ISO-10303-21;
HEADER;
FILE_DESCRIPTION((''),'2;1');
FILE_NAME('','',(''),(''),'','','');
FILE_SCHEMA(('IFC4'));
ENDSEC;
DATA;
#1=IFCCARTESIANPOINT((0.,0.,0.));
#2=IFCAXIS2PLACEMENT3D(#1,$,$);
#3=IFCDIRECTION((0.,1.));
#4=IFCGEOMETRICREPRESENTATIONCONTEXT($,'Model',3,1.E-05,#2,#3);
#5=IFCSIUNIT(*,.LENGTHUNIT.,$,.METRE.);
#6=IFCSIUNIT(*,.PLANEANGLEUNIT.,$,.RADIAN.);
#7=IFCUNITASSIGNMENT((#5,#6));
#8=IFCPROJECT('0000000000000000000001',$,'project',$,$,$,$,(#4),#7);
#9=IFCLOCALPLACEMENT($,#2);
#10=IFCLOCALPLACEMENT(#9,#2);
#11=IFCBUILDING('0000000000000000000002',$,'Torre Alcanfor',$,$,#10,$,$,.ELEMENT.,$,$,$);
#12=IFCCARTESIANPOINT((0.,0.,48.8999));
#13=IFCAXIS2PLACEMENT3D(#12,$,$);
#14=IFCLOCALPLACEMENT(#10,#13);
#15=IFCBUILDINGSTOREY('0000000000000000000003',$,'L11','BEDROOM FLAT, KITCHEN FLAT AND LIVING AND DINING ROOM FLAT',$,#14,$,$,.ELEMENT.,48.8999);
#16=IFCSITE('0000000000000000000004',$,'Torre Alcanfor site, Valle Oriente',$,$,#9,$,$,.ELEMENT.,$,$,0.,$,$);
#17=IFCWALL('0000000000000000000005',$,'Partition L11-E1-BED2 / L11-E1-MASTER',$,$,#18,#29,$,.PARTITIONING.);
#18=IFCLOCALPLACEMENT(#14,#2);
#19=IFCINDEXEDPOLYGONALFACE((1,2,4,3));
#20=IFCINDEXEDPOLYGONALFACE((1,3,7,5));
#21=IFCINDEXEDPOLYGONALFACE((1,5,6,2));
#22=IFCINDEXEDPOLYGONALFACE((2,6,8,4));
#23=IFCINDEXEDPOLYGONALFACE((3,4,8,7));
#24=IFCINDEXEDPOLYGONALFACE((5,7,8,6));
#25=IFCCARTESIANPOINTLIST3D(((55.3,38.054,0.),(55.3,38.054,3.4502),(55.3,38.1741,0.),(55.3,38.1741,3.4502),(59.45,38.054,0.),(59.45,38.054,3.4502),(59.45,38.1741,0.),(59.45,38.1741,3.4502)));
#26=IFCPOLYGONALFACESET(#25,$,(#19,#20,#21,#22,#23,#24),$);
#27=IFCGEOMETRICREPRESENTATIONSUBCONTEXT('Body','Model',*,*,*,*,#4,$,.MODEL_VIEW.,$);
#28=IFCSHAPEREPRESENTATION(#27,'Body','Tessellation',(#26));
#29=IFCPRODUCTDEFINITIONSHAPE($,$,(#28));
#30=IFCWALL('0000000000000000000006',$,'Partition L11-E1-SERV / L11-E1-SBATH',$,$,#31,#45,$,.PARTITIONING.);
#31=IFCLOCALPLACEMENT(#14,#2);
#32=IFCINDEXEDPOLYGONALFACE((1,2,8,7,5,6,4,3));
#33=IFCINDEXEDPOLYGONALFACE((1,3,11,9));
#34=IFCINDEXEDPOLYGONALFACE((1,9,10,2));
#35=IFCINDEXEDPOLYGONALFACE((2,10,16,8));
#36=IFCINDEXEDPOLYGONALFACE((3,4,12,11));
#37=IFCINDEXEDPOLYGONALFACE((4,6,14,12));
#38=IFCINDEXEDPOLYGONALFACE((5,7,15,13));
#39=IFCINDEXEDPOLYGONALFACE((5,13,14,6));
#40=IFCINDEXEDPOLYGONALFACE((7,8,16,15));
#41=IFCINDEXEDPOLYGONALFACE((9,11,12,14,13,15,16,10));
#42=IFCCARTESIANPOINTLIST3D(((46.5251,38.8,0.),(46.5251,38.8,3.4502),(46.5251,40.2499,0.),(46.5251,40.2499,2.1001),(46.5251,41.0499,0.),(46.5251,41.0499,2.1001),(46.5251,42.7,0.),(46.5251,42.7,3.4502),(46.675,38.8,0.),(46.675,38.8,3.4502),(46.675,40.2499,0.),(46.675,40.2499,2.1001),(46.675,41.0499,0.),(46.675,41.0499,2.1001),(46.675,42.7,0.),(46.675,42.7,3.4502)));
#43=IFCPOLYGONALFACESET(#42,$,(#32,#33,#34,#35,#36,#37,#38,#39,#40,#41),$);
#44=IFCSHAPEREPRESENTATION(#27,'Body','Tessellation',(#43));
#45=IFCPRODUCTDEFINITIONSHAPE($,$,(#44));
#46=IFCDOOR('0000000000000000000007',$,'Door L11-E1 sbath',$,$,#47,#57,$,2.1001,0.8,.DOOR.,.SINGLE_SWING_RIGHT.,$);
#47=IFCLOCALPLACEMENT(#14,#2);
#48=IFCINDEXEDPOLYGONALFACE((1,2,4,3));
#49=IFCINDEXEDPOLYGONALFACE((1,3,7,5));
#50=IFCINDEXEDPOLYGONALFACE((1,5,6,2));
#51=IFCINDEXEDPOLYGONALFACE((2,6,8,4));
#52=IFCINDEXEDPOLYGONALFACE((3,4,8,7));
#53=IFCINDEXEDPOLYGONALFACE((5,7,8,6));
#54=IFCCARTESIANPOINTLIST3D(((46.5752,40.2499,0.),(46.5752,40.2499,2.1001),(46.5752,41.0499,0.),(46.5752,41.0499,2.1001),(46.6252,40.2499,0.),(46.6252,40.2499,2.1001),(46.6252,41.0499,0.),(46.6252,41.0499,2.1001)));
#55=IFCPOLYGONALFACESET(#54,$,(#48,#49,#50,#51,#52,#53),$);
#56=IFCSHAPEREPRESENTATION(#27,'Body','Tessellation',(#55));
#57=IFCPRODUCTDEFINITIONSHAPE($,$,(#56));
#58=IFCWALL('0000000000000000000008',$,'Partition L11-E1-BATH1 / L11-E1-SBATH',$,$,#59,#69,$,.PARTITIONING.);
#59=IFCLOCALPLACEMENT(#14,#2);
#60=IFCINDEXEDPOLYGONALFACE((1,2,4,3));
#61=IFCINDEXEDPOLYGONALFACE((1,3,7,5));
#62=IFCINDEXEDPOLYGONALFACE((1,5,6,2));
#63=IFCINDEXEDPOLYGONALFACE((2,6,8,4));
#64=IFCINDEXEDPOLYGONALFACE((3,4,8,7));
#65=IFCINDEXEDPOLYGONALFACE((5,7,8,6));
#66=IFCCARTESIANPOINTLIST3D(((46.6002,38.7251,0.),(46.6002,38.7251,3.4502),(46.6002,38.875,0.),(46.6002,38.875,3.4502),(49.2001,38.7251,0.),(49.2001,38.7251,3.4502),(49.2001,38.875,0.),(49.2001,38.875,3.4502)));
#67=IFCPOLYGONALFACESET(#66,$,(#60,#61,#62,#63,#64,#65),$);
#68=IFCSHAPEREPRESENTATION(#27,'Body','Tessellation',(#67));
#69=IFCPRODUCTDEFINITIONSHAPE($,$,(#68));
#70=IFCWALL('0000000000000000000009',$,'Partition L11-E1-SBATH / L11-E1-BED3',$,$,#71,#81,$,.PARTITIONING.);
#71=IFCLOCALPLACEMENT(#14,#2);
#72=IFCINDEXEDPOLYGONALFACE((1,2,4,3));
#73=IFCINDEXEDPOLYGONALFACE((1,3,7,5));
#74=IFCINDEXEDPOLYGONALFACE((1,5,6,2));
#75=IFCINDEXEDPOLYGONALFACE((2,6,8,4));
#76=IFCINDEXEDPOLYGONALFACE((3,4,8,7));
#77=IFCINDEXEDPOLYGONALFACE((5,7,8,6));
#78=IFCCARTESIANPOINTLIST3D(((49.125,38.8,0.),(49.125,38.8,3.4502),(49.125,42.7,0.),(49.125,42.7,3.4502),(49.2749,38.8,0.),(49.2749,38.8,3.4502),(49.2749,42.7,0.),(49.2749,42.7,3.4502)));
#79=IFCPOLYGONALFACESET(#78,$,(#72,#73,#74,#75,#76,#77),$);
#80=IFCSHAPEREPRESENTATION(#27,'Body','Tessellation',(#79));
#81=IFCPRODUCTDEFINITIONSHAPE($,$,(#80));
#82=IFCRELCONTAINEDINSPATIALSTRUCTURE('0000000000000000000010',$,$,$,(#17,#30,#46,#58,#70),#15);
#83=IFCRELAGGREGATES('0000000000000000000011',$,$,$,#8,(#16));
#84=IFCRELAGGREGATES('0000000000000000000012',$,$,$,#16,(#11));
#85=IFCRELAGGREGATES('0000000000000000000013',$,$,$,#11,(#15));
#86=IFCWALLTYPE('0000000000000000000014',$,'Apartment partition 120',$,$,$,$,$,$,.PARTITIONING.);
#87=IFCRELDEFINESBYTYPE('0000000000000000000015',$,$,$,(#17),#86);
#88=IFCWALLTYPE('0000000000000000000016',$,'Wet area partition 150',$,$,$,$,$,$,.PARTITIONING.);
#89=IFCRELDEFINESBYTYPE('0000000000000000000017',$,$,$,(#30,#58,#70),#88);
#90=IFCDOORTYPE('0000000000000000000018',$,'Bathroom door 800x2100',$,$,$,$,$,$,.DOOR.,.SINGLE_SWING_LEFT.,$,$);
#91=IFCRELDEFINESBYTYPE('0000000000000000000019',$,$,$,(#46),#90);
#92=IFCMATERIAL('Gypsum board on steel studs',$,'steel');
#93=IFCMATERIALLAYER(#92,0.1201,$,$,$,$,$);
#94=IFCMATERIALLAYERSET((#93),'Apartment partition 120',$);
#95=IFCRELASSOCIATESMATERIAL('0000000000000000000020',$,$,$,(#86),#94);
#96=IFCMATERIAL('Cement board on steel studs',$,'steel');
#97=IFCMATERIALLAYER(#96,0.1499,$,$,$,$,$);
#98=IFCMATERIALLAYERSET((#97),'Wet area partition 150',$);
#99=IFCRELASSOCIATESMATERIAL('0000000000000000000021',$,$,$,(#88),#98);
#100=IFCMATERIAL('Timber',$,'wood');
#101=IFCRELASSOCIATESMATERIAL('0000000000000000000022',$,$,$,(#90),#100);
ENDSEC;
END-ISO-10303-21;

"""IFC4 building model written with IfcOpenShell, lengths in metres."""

from ifc_helpers import new_model, si_unit, direction, frame, frame_2d, origin, place, context, subcontext, project, spatial, rectangle, extrude, material, layer, layer_set, type_object, element, fill, save


model = new_model("IFC4")

# Units and contexts
model_context = context("Model", 3, precision=1e-05, world=origin(), true_north=direction((0.0, 1.0)))
body_context = subcontext(model_context, "Body", "Model", "MODEL_VIEW")
ifc_project = project(units=[si_unit("LENGTHUNIT", "METRE"), si_unit("PLANEANGLEUNIT", "RADIAN")], contexts=[model_context])

# Site, building, storey
site_placement = place(None, origin())
site = spatial("IfcSite", under=ifc_project, at=site_placement, Name="Torre Alcanfor site, Valle Oriente", CompositionType="ELEMENT", RefElevation=0.0)
building_placement = place(site_placement, origin())
building = spatial("IfcBuilding", under=site, at=building_placement, Name="Torre Alcanfor", CompositionType="ELEMENT")
storey_placement = place(building_placement, frame((0.0, 0.0, 48.8999)))
storey = spatial("IfcBuildingStorey", under=building, at=storey_placement, Name="L11", Description="BEDROOM FLAT, KITCHEN FLAT AND LIVING AND DINING ROOM FLAT", CompositionType="ELEMENT", Elevation=48.8999)

# Shared definitions
ifc_material_1 = material(Name="Gypsum board on steel studs", Category="steel")
ifc_layer_1 = layer(ifc_material_1, 0.1201)
ifc_layer_set_1 = layer_set([ifc_layer_1], Name="Apartment partition 120")
wall_type_1 = type_object("IfcWallType", Name="Apartment partition 120", PredefinedType="PARTITIONING", material=ifc_layer_set_1)

# Wall
wall_1_placement = place(storey_placement, frame((59.45, 38.114, 0.0), z_axis=(0.0, 0.0, 1.0), x_axis=(-1.0, 0.0, 0.0)))
element("IfcWall", 1, at=wall_1_placement, inside=storey, type_object=wall_type_1, Name="Partition L11-E1-BED2 / L11-E1-MASTER", PredefinedType="PARTITIONING", context=body_context, shape_type="SweptSolid", body=[
    extrude(rectangle(XDim=4.1499, YDim=0.1201, at=frame_2d((2.075, 0.0))), origin(), (0.0, 0.0, 1.0), 3.4502),
])

# Wall, opening, door
ifc_material_2 = material(Name="Cement board on steel studs", Category="steel")
ifc_layer_2 = layer(ifc_material_2, 0.1499)
ifc_layer_set_2 = layer_set([ifc_layer_2], Name="Wet area partition 150")
wall_type_2 = type_object("IfcWallType", Name="Wet area partition 150", PredefinedType="PARTITIONING", material=ifc_layer_set_2)
wall_2_placement = place(storey_placement, frame((46.6001, 38.8, 0.0), z_axis=(0.0, 0.0, 1.0), x_axis=(0.0, 1.0, 0.0)))
wall_2 = element("IfcWall", 2, at=wall_2_placement, inside=storey, type_object=wall_type_2, Name="Partition L11-E1-SERV / L11-E1-SBATH", PredefinedType="PARTITIONING", context=body_context, shape_type="SweptSolid", body=[
    extrude(rectangle(XDim=3.8999, YDim=0.1499, at=frame_2d((1.95, 0.0))), origin(), (0.0, 0.0, 1.0), 3.4502),
])
opening_1_placement = place(wall_2_placement, frame((1.45, 0.0, 0.0)))
opening_1 = element("IfcOpeningElement", 3, at=opening_1_placement, cuts=wall_2, PredefinedType="OPENING", context=body_context, shape_type="SweptSolid", body=[
    extrude(rectangle(XDim=0.8, YDim=2.1001, at=frame_2d((0.3999, 1.05))), frame((0.0, 0.085, 0.0), z_axis=(0.0, -1.0, 0.0), x_axis=(1.0, 0.0, 0.0)), (0.0, 0.0, 1.0), 0.1699),
])
ifc_material_3 = material(Name="Timber", Category="wood")
door_type_1 = type_object("IfcDoorType", Name="Bathroom door 800x2100", OperationType="SINGLE_SWING_LEFT", PredefinedType="DOOR", material=ifc_material_3)
door_1_placement = place(opening_1_placement, frame((0.8, 0.0, 0.0), z_axis=(0.0, 0.0, 1.0), x_axis=(-1.0, 0.0, 0.0)))
door_1 = element("IfcDoor", 4, at=door_1_placement, inside=storey, type_object=door_type_1, Name="Door L11-E1 sbath", OperationType="SINGLE_SWING_RIGHT", OverallHeight=2.1001, OverallWidth=0.8, PredefinedType="DOOR", context=body_context, shape_type="SweptSolid", body=[
    extrude(rectangle(XDim=0.8, YDim=2.1001, at=frame_2d((0.4001, 1.05))), frame((0.0, 0.0251, 0.0), z_axis=(0.0, -1.0, 0.0), x_axis=(1.0, 0.0, 0.0)), (0.0, 0.0, 1.0), 0.05),
])
fill(opening_1, door_1)

# Walls
wall_3_placement = place(storey_placement, frame((49.2, 38.8, 0.0), z_axis=(0.0, 0.0, 1.0), x_axis=(-1.0, 0.0, 0.0)))
element("IfcWall", 5, at=wall_3_placement, inside=storey, type_object=wall_type_2, Name="Partition L11-E1-BATH1 / L11-E1-SBATH", PredefinedType="PARTITIONING", context=body_context, shape_type="SweptSolid", body=[
    extrude(rectangle(XDim=2.5999, YDim=0.1499, at=frame_2d((1.2998, 0.0))), origin(), (0.0, 0.0, 1.0), 3.4502),
])
wall_4_placement = place(storey_placement, frame((49.2, 38.8, 0.0), z_axis=(0.0, 0.0, 1.0), x_axis=(0.0, 1.0, 0.0)))
element("IfcWall", 6, at=wall_4_placement, inside=storey, type_object=wall_type_2, Name="Partition L11-E1-SBATH / L11-E1-BED3", PredefinedType="PARTITIONING", context=body_context, shape_type="SweptSolid", body=[
    extrude(rectangle(XDim=3.8999, YDim=0.1499, at=frame_2d((1.95, 0.0))), origin(), (0.0, 0.0, 1.0), 3.4502),
])

save(model, "model.ifc")
